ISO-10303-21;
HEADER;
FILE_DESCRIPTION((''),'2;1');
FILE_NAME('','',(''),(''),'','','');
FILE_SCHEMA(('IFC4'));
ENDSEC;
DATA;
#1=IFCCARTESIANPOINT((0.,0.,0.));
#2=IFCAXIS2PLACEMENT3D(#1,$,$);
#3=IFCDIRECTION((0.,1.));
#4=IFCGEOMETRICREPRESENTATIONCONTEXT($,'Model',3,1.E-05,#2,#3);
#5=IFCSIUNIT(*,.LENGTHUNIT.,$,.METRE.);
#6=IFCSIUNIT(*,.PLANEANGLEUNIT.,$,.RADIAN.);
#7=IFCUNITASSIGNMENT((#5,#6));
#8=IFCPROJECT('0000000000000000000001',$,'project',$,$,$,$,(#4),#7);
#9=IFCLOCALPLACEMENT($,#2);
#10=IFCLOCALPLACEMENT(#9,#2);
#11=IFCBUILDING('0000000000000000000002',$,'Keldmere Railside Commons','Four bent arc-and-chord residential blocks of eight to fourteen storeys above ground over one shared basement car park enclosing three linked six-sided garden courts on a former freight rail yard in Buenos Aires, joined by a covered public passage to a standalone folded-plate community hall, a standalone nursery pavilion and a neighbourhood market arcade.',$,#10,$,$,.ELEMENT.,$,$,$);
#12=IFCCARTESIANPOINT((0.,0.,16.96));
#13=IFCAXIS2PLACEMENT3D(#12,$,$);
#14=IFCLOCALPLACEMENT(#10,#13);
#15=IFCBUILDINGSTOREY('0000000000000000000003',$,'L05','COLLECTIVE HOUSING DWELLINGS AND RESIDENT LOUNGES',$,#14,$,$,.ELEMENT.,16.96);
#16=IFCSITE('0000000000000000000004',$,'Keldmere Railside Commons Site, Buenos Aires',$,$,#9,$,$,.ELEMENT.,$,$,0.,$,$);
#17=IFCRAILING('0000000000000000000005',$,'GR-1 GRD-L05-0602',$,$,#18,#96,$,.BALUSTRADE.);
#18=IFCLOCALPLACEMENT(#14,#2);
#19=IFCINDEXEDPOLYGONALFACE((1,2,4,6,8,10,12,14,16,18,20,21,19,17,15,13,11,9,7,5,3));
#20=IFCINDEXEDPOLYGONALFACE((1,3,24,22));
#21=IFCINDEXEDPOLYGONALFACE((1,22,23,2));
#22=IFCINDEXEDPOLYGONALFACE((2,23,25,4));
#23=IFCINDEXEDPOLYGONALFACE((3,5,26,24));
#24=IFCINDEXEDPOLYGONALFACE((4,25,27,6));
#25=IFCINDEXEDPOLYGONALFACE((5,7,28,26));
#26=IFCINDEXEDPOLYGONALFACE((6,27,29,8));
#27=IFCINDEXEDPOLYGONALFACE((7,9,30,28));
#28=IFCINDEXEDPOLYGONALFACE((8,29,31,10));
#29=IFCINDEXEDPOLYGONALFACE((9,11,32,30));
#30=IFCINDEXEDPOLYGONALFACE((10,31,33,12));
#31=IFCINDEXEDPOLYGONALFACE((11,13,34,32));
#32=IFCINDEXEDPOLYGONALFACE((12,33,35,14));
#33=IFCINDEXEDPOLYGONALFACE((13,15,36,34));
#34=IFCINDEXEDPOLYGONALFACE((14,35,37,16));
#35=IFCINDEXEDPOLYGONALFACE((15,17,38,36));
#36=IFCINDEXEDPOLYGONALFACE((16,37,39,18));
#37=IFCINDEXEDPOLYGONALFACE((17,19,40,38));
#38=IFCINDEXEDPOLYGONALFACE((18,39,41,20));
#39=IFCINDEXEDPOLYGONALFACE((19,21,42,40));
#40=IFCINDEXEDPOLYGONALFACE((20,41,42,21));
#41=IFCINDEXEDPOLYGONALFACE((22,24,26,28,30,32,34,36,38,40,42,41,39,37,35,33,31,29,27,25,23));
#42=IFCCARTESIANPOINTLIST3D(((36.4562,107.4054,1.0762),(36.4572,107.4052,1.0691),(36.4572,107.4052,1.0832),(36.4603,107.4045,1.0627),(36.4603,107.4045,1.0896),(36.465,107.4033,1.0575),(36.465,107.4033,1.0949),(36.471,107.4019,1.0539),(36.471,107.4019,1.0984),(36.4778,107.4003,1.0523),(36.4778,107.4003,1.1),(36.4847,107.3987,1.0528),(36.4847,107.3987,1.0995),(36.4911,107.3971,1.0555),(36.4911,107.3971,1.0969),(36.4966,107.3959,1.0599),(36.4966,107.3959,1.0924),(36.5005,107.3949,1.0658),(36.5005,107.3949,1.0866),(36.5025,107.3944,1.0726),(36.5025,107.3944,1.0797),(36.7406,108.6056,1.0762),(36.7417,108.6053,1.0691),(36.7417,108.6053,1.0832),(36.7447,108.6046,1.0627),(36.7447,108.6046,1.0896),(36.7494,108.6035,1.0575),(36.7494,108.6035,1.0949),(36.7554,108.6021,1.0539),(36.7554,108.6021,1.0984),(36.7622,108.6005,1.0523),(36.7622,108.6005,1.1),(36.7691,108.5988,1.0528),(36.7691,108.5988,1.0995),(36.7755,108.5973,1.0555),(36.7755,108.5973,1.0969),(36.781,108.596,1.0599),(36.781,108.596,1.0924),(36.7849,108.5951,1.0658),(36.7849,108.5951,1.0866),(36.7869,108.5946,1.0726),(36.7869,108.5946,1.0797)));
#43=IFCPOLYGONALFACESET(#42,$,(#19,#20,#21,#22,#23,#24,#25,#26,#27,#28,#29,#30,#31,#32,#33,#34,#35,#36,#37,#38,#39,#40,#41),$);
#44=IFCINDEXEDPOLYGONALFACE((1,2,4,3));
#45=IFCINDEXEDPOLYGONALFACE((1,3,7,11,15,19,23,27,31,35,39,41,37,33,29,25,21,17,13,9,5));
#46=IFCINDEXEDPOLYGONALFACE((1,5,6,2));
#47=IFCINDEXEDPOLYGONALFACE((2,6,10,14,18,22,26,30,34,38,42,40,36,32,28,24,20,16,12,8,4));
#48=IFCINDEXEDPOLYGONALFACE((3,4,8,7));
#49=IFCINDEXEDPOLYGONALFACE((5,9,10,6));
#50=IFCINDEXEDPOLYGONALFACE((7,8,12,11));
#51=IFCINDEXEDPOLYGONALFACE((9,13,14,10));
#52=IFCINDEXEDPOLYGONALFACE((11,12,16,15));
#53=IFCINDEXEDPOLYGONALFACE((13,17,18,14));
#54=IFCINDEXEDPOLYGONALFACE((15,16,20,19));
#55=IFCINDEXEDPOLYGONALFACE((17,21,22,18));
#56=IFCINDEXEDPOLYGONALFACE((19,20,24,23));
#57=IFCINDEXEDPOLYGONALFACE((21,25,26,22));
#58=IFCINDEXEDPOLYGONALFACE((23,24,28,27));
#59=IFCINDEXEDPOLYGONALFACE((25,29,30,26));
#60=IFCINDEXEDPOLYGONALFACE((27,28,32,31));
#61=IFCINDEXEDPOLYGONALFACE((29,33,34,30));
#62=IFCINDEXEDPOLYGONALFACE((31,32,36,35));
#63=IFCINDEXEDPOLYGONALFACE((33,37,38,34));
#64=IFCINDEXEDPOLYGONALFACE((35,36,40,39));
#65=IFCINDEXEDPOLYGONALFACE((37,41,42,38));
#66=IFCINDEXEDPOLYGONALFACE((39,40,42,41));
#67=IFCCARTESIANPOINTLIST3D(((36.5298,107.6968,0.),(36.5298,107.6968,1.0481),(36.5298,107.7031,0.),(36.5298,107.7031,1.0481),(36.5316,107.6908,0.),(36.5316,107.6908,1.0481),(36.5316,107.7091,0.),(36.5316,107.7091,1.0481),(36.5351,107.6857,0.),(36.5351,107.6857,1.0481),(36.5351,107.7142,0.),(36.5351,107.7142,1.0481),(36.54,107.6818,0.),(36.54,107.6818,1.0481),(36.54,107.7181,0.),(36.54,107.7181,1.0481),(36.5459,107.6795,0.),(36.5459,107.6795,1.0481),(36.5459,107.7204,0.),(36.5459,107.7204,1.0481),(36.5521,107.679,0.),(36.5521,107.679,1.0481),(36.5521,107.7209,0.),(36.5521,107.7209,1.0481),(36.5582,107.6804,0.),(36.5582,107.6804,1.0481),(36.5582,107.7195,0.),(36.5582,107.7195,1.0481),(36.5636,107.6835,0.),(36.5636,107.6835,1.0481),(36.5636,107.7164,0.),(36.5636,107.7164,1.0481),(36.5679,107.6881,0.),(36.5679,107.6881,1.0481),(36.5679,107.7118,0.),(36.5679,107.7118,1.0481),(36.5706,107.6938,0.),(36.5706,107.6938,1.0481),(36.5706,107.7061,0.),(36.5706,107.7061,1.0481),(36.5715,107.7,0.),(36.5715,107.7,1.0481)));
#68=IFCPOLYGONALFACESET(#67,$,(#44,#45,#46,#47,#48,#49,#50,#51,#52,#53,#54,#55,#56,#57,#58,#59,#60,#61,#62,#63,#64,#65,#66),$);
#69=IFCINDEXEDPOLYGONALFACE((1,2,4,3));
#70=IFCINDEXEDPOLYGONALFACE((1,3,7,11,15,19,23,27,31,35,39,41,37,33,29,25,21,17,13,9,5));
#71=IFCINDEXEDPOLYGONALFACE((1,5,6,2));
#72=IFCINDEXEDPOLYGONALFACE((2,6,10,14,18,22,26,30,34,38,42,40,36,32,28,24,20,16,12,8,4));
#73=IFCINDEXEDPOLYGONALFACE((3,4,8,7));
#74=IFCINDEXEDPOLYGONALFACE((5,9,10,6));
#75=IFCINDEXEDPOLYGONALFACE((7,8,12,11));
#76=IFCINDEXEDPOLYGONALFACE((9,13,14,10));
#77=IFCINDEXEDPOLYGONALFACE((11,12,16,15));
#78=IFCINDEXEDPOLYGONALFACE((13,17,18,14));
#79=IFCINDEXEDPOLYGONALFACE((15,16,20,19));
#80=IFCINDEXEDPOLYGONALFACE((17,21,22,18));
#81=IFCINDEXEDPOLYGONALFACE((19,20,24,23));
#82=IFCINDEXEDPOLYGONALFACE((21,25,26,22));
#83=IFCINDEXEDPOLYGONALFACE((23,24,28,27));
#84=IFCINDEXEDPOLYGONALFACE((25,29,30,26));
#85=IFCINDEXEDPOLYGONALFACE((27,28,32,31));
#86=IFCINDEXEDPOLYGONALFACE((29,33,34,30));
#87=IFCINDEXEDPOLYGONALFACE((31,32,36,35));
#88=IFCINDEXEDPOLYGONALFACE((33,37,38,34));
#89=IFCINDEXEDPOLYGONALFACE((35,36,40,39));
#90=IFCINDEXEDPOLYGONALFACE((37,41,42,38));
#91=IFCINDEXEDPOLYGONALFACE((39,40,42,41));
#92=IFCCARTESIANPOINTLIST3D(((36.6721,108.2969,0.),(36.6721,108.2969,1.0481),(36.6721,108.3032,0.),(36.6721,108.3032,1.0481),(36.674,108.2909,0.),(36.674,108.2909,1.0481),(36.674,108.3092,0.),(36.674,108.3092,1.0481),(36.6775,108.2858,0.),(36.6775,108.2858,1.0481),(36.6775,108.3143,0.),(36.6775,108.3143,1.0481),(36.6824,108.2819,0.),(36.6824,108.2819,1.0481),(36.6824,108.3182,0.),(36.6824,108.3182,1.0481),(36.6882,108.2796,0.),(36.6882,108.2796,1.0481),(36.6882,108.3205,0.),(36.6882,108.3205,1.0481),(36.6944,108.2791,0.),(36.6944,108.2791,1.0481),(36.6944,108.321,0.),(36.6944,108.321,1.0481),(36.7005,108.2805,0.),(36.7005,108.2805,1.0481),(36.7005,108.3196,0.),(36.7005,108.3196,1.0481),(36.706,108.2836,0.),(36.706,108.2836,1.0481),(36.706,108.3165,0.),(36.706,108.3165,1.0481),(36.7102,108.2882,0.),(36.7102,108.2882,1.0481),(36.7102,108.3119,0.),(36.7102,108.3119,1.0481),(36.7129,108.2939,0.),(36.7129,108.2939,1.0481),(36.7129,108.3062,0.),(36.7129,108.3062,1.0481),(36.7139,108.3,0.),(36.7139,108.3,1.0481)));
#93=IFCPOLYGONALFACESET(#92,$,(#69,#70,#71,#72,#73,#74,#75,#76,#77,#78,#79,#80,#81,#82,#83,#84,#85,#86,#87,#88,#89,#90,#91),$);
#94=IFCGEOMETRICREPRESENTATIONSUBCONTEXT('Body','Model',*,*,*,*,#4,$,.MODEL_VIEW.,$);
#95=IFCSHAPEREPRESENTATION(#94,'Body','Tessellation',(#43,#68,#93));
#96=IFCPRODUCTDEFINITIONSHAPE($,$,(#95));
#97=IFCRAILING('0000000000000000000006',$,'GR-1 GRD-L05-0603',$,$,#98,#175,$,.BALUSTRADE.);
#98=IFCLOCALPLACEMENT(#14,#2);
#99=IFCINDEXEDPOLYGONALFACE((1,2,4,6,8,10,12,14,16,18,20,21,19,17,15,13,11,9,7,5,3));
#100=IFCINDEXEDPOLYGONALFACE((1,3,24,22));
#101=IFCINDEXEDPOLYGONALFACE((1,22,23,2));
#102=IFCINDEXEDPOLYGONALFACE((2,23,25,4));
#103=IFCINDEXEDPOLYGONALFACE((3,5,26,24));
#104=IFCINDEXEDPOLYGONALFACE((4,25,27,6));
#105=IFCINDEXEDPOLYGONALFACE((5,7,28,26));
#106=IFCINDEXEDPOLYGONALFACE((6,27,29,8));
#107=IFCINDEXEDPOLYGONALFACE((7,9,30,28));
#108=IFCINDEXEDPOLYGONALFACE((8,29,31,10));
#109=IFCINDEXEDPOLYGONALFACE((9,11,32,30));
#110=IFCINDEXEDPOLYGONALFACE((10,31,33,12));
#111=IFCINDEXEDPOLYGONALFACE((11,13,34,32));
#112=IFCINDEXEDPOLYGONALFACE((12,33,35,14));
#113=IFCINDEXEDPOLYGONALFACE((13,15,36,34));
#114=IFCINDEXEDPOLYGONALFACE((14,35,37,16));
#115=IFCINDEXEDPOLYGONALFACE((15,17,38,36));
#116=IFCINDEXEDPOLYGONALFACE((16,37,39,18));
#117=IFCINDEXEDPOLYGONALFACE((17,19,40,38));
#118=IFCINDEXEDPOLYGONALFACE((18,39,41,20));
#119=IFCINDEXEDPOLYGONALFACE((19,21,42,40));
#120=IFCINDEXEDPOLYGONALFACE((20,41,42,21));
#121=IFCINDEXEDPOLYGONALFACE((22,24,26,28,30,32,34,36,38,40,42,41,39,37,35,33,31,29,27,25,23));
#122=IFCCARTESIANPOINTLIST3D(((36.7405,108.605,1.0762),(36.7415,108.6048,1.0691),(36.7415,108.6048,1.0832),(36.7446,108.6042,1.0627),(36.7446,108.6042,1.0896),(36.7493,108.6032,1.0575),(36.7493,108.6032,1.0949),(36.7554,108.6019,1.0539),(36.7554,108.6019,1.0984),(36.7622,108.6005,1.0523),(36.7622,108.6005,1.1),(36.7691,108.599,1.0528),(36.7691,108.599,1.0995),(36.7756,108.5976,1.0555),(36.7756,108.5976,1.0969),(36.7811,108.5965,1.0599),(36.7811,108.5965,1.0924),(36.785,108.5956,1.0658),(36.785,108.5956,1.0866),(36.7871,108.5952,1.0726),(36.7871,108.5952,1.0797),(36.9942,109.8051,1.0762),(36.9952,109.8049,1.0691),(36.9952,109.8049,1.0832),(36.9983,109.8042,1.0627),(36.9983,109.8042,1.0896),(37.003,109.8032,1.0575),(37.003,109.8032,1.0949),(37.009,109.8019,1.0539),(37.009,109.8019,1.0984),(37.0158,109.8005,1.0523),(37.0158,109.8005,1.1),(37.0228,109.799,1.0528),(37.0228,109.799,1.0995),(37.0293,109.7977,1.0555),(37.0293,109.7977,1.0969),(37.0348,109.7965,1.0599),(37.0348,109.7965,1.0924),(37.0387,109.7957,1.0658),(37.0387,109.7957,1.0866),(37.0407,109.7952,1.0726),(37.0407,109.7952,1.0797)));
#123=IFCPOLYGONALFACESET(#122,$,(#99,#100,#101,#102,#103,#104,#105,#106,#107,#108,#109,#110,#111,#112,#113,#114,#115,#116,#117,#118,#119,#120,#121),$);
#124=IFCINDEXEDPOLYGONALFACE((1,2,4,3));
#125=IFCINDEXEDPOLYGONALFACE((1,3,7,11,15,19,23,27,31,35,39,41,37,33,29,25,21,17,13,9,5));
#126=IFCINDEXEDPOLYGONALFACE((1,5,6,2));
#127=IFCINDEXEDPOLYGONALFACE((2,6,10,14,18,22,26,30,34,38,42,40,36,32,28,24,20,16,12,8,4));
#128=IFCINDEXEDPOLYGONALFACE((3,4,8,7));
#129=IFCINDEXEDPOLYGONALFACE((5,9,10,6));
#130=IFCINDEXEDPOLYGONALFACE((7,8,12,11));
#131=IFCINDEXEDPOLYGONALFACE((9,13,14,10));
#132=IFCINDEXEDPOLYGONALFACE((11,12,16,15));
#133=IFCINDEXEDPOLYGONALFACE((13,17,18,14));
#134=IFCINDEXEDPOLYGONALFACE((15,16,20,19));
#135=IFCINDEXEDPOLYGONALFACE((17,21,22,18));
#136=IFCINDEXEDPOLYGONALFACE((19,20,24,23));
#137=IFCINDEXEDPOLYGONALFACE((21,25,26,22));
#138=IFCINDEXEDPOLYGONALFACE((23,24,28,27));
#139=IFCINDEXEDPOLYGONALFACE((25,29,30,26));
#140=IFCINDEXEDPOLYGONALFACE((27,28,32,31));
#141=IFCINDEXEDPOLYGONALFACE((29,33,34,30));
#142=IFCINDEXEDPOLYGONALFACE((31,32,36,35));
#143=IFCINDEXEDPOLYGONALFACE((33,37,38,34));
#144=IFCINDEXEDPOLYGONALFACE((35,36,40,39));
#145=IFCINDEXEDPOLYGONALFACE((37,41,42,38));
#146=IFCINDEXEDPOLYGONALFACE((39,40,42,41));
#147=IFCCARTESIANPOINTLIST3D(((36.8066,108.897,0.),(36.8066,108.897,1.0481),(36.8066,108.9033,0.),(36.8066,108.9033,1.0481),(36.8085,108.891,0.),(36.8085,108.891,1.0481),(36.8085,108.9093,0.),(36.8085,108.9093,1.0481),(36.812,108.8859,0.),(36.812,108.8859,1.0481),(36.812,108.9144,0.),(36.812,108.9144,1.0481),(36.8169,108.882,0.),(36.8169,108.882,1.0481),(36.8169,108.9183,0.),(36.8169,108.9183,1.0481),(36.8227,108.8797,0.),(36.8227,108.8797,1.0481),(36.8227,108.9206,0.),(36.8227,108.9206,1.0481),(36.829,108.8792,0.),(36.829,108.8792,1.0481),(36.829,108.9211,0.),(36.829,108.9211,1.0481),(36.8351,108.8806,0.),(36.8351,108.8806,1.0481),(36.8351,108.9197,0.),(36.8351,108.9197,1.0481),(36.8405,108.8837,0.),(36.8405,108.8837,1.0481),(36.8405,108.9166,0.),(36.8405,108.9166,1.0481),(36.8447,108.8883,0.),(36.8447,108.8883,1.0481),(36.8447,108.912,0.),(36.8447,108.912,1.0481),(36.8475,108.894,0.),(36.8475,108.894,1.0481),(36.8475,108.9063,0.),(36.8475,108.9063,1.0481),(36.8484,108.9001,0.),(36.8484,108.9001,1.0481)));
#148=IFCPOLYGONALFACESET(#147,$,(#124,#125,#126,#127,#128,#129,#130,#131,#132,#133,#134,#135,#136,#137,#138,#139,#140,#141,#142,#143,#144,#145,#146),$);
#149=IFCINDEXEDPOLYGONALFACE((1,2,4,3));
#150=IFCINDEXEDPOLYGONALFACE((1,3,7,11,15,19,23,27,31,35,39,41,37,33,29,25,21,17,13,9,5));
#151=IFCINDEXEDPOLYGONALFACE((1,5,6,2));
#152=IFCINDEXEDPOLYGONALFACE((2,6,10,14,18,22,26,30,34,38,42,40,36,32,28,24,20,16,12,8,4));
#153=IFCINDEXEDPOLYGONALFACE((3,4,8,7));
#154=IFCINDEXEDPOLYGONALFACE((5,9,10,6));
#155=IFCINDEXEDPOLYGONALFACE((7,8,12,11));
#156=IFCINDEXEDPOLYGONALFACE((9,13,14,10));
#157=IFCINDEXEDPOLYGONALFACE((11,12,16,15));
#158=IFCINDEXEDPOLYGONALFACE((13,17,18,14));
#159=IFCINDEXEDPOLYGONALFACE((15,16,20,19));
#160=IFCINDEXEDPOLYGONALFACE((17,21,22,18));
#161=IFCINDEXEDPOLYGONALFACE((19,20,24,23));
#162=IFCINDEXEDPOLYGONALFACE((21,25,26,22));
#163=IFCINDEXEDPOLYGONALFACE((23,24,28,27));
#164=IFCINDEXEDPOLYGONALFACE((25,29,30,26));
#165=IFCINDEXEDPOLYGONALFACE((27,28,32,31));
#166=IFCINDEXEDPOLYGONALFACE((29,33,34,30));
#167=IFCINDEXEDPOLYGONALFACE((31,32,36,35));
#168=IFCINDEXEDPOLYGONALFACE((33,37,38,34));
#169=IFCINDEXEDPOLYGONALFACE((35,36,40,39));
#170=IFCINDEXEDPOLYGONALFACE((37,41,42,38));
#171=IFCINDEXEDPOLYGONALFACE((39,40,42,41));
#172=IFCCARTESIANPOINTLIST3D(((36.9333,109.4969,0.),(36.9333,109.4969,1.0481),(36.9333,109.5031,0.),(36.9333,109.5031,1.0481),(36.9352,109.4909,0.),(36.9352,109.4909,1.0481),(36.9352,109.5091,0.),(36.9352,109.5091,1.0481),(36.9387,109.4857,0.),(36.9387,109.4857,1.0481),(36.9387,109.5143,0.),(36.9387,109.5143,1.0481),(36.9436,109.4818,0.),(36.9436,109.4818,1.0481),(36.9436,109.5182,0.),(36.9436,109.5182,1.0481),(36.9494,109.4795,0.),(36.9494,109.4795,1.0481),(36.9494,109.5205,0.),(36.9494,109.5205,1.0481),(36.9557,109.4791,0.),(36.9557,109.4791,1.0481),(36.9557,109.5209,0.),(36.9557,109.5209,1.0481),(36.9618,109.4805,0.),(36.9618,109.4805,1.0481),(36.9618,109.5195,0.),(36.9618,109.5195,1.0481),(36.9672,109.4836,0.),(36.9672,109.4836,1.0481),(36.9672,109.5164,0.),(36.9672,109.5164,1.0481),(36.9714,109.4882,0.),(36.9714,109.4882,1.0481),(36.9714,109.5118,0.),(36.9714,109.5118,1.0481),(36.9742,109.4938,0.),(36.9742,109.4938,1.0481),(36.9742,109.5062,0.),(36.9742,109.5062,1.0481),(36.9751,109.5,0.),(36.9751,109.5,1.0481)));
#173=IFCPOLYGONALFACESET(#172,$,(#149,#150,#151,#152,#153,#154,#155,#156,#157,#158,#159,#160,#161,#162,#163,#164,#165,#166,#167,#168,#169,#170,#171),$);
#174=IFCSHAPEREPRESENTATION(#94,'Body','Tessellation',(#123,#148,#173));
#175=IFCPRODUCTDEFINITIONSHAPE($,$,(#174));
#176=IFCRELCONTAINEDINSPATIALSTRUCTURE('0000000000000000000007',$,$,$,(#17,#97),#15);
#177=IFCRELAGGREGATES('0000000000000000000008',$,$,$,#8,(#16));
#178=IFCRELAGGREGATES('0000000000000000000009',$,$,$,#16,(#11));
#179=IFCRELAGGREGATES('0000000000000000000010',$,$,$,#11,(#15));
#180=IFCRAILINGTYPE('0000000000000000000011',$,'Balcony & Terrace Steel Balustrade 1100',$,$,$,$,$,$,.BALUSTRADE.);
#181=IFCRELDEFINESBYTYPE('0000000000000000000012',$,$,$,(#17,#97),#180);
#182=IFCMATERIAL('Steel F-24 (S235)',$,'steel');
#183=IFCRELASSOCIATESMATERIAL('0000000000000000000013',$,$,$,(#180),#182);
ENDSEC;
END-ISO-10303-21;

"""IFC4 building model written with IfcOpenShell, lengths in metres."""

from ifc_helpers import new_model, si_unit, direction, frame, origin, origin_2d, place, context, subcontext, project, spatial, circle, extrude, material, type_object, element, save


model = new_model("IFC4")

# Units and contexts
model_context = context("Model", 3, precision=1e-05, world=origin(), true_north=direction((0.0, 1.0)))
body_context = subcontext(model_context, "Body", "Model", "MODEL_VIEW")
ifc_project = project(units=[si_unit("LENGTHUNIT", "METRE"), si_unit("PLANEANGLEUNIT", "RADIAN")], contexts=[model_context])

# Site, building, storey
site_placement = place(None, origin())
site = spatial("IfcSite", under=ifc_project, at=site_placement, Name="Keldmere Railside Commons Site, Buenos Aires", CompositionType="ELEMENT", RefElevation=0.0)
building_placement = place(site_placement, origin())
building = spatial("IfcBuilding", under=site, at=building_placement, Name="Keldmere Railside Commons", Description="Four bent arc-and-chord residential blocks of eight to fourteen storeys above ground over one shared basement car park enclosing three linked six-sided garden courts on a former freight rail yard in Buenos Aires, joined by a covered public passage to a standalone folded-plate community hall, a standalone nursery pavilion and a neighbourhood market arcade.", CompositionType="ELEMENT")
storey_placement = place(building_placement, frame((0.0, 0.0, 16.96)))
storey = spatial("IfcBuildingStorey", under=building, at=storey_placement, Name="L05", Description="COLLECTIVE HOUSING DWELLINGS AND RESIDENT LOUNGES", CompositionType="ELEMENT", Elevation=16.96)

# Shared definitions
ifc_material_1 = material(Name="Steel F-24 (S235)", Category="steel")

# Railings
railing_type_1 = type_object("IfcRailingType", Name="Balcony & Terrace Steel Balustrade 1100", PredefinedType="BALUSTRADE", material=ifc_material_1)
railing_1_placement = place(storey_placement, frame((36.4795, 107.3999, 0.0)))
element("IfcRailing", 1, at=railing_1_placement, inside=storey, type_object=railing_type_1, Name="GR-1 GRD-L05-0602", PredefinedType="BALUSTRADE", context=body_context, shape_type="SweptSolid", body=[
    extrude(circle(Radius=0.0239, at=origin_2d()), frame((0.0, 0.0, 1.0762), z_axis=(0.230595, 0.97305, 0.0), x_axis=(-0.97305, 0.230595, 0.0)), (0.0, 0.0, 1.0), 1.2334),
    extrude(circle(Radius=0.021, at=origin_2d()), frame((0.071, 0.3, 0.0)), (0.0, 0.0, 1.0), 1.0481),
    extrude(circle(Radius=0.021, at=origin_2d()), frame((0.2134, 0.9001, 0.0)), (0.0, 0.0, 1.0), 1.0481),
])
railing_2_placement = place(storey_placement, frame((36.7639, 108.6001, 0.0)))
element("IfcRailing", 2, at=railing_2_placement, inside=storey, type_object=railing_type_1, Name="GR-1 GRD-L05-0603", PredefinedType="BALUSTRADE", context=body_context, shape_type="SweptSolid", body=[
    extrude(circle(Radius=0.0239, at=origin_2d()), frame((0.0, 0.0, 1.0762), z_axis=(0.206823, 0.978378, 0.0), x_axis=(-0.978378, 0.206823, 0.0)), (0.0, 0.0, 1.0), 1.2266),
    extrude(circle(Radius=0.021, at=origin_2d()), frame((0.0635, 0.3, 0.0)), (0.0, 0.0, 1.0), 1.0481),
    extrude(circle(Radius=0.021, at=origin_2d()), frame((0.1902, 0.8999, 0.0)), (0.0, 0.0, 1.0), 1.0481),
])

save(model, "model.ifc")
